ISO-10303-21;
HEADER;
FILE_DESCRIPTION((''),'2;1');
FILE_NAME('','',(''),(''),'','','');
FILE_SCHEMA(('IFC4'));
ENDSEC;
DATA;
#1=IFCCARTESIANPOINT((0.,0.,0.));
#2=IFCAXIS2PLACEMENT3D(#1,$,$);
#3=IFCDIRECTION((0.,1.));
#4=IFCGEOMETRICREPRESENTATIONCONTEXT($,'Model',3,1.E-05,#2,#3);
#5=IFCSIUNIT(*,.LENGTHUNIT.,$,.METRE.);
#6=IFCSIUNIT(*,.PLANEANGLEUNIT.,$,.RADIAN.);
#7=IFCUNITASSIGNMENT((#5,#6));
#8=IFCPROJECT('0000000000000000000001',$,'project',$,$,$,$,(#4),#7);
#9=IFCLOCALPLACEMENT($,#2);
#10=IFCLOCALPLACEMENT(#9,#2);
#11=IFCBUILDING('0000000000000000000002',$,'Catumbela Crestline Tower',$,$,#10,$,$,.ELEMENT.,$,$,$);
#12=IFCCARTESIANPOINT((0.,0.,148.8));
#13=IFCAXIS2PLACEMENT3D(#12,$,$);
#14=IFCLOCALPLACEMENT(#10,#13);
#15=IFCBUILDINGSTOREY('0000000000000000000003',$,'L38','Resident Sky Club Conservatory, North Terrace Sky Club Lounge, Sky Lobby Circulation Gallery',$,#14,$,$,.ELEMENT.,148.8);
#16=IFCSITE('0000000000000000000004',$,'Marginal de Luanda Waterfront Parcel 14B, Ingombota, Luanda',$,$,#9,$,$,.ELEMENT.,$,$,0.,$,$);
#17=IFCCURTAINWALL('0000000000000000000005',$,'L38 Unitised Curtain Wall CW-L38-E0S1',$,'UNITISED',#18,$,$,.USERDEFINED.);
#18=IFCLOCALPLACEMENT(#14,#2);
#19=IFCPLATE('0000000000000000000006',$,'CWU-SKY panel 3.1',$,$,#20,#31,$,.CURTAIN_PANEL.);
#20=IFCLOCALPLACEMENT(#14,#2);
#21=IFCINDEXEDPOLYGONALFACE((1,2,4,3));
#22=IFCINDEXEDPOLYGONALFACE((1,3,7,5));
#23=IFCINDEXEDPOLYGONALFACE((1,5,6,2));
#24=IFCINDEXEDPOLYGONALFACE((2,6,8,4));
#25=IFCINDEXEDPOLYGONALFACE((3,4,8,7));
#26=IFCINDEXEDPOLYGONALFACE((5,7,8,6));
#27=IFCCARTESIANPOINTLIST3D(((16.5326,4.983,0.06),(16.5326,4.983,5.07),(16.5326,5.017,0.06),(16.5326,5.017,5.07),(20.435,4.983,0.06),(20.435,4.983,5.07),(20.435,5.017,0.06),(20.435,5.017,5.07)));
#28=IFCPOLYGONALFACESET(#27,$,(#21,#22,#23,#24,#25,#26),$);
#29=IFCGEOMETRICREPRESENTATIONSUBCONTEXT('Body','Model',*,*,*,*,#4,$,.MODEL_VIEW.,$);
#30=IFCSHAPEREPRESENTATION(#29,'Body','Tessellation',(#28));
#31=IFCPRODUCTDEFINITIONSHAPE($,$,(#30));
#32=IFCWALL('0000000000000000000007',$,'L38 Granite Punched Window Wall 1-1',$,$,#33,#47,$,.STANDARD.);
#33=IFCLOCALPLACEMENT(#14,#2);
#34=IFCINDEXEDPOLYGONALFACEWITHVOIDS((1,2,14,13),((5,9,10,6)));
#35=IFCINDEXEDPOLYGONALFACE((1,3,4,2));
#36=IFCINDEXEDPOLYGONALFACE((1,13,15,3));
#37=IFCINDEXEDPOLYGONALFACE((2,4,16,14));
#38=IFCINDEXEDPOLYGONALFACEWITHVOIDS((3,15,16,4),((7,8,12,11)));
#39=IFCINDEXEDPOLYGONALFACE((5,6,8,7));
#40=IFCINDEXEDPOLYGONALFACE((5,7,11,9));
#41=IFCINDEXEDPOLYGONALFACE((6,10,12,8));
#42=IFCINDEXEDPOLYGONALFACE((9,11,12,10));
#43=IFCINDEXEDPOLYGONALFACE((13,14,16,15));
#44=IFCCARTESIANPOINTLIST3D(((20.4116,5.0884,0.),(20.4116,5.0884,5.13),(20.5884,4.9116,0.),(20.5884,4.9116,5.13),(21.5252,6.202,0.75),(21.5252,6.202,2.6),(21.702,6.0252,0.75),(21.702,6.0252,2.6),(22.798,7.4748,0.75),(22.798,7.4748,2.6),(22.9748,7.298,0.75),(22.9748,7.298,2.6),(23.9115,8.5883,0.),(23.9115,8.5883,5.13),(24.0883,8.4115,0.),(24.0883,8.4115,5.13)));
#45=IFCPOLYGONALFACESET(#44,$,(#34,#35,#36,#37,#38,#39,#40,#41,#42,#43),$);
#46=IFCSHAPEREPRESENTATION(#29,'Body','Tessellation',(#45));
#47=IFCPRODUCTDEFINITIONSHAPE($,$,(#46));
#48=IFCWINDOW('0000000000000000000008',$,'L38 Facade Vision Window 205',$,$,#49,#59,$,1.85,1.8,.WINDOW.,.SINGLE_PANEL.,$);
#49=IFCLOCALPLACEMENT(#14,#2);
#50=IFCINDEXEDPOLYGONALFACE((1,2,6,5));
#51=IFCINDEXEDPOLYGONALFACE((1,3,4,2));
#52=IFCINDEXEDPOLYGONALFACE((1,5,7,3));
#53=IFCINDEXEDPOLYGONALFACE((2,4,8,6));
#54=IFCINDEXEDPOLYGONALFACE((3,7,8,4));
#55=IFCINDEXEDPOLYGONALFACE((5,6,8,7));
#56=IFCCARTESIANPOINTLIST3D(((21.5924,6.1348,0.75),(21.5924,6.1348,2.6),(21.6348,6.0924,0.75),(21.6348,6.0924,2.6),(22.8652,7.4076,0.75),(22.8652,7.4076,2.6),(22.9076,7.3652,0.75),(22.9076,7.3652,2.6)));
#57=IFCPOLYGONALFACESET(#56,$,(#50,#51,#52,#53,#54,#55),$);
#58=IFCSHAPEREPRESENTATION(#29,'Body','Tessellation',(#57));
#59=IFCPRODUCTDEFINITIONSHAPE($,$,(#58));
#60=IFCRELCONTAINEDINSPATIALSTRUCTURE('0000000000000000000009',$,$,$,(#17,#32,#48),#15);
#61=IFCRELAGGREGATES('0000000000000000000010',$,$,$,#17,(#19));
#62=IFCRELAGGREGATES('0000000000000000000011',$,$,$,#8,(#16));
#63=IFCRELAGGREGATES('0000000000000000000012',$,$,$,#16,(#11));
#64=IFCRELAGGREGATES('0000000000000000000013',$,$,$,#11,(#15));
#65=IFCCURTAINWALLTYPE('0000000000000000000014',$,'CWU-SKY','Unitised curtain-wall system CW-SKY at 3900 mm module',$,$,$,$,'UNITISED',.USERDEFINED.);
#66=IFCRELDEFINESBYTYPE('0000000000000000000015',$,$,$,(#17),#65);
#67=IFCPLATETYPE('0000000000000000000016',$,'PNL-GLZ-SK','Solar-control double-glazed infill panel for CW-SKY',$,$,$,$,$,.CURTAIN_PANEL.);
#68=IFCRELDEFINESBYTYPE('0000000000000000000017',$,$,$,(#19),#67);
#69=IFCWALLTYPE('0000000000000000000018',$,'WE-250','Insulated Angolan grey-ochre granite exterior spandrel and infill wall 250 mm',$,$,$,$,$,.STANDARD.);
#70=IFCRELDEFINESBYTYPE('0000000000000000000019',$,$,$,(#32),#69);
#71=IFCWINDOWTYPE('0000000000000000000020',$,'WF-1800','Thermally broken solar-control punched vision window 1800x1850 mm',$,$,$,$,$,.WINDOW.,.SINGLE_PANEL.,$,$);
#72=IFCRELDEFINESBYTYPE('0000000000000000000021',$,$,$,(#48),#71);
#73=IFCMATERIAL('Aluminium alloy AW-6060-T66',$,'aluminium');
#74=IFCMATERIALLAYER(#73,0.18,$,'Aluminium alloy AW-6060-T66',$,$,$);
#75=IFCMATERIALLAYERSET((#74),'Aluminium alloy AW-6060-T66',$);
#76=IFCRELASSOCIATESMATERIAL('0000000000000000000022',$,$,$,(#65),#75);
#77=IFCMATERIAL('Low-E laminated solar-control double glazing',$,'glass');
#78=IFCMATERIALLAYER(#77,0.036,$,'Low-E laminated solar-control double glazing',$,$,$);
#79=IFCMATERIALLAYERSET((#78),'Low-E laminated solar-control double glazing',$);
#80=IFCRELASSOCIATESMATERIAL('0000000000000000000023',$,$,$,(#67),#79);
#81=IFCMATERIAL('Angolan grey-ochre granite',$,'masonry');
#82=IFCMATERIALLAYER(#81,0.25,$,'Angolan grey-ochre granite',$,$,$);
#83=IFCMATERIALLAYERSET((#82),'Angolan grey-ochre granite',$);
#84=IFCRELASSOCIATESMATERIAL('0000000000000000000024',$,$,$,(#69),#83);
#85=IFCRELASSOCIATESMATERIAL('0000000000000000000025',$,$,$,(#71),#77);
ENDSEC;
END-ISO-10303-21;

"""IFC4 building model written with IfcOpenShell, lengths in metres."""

from ifc_helpers import new_model, si_unit, direction, frame, frame_2d, origin, origin_2d, place, context, subcontext, project, spatial, rectangle, extrude, material, layer, layer_set, type_object, element, fill, aggregate, save


model = new_model("IFC4")

# Units and contexts
model_context = context("Model", 3, precision=1e-05, world=origin(), true_north=direction((0.0, 1.0)))
body_context = subcontext(model_context, "Body", "Model", "MODEL_VIEW")
ifc_project = project(units=[si_unit("LENGTHUNIT", "METRE"), si_unit("PLANEANGLEUNIT", "RADIAN")], contexts=[model_context])

# Site, building, storey
site_placement = place(None, origin())
site = spatial("IfcSite", under=ifc_project, at=site_placement, Name="Marginal de Luanda Waterfront Parcel 14B, Ingombota, Luanda", CompositionType="ELEMENT", RefElevation=0.0)
building_placement = place(site_placement, origin())
building = spatial("IfcBuilding", under=site, at=building_placement, Name="Catumbela Crestline Tower", CompositionType="ELEMENT")
storey_placement = place(building_placement, frame((0.0, 0.0, 148.8)))
storey = spatial("IfcBuildingStorey", under=building, at=storey_placement, Name="L38", Description="Resident Sky Club Conservatory, North Terrace Sky Club Lounge, Sky Lobby Circulation Gallery", CompositionType="ELEMENT", Elevation=148.8)

# Curtain wall
ifc_material_1 = material(Name="Aluminium alloy AW-6060-T66", Category="aluminium")
ifc_layer_1 = layer(ifc_material_1, 0.18, Name="Aluminium alloy AW-6060-T66")
ifc_layer_set_1 = layer_set([ifc_layer_1], Name="Aluminium alloy AW-6060-T66")
curtain_wall_type = type_object("IfcCurtainWallType", Name="CWU-SKY", Description="Unitised curtain-wall system CW-SKY at 3900 mm module", ElementType="UNITISED", PredefinedType="USERDEFINED", material=ifc_layer_set_1)
curtain_wall_1_placement = place(storey_placement, origin())
curtain_wall_1 = element("IfcCurtainWall", 1, at=curtain_wall_1_placement, inside=storey, type_object=curtain_wall_type, Name="L38 Unitised Curtain Wall CW-L38-E0S1", ObjectType="UNITISED", PredefinedType="USERDEFINED")

# Plate
ifc_material_2 = material(Name="Low-E laminated solar-control double glazing", Category="glass")
ifc_layer_2 = layer(ifc_material_2, 0.036, Name="Low-E laminated solar-control double glazing")
ifc_layer_set_2 = layer_set([ifc_layer_2], Name="Low-E laminated solar-control double glazing")
plate_type = type_object("IfcPlateType", Name="PNL-GLZ-SK", Description="Solar-control double-glazed infill panel for CW-SKY", PredefinedType="CURTAIN_PANEL", material=ifc_layer_set_2)
plate_1_placement = place(storey_placement, frame((18.4838, 5.0, 0.06), z_axis=(0.0, 0.0, 1.0), x_axis=(1.0, 0.0, 0.0)))
plate_1 = element("IfcPlate", 2, at=plate_1_placement, type_object=plate_type, Name="CWU-SKY panel 3.1", PredefinedType="CURTAIN_PANEL", context=body_context, shape_type="SweptSolid", body=[
    extrude(rectangle(XDim=3.9025, YDim=0.034, at=origin_2d()), origin(), (0.0, 0.0, 1.0), 5.01),
])
aggregate(curtain_wall_1, [plate_1])

# Wall, opening, window
ifc_material_3 = material(Name="Angolan grey-ochre granite", Category="masonry")
ifc_layer_3 = layer(ifc_material_3, 0.25, Name="Angolan grey-ochre granite")
ifc_layer_set_3 = layer_set([ifc_layer_3], Name="Angolan grey-ochre granite")
wall_type = type_object("IfcWallType", Name="WE-250", Description="Insulated Angolan grey-ochre granite exterior spandrel and infill wall 250 mm", PredefinedType="STANDARD", material=ifc_layer_set_3)
wall_placement = place(storey_placement, frame((20.5, 5.0, 0.0), z_axis=(0.0, 0.0, 1.0), x_axis=(0.707107, 0.707107, 0.0)))
wall = element("IfcWall", 3, at=wall_placement, inside=storey, type_object=wall_type, Name="L38 Granite Punched Window Wall 1-1", PredefinedType="STANDARD", context=body_context, shape_type="SweptSolid", body=[
    extrude(rectangle(XDim=4.9497, YDim=0.25, at=frame_2d((2.4748, 0.0))), origin(), (0.0, 0.0, 1.0), 5.13),
])
opening_placement = place(wall_placement, frame((1.5749, 0.0, 0.75)))
opening = element("IfcOpeningElement", 4, at=opening_placement, cuts=wall, PredefinedType="OPENING", context=body_context, shape_type="SweptSolid", body=[
    extrude(rectangle(XDim=1.8, YDim=1.85, at=frame_2d((0.9, 0.925))), frame((0.0, 0.135, 0.0), z_axis=(0.0, -1.0, 0.0), x_axis=(1.0, 0.0, 0.0)), (0.0, 0.0, 1.0), 0.27),
])
window_type = type_object("IfcWindowType", Name="WF-1800", Description="Thermally broken solar-control punched vision window 1800x1850 mm", PartitioningType="SINGLE_PANEL", PredefinedType="WINDOW", material=ifc_material_2)
window_placement = place(opening_placement, origin())
window = element("IfcWindow", 5, at=window_placement, inside=storey, type_object=window_type, Name="L38 Facade Vision Window 205", OverallHeight=1.85, OverallWidth=1.8, PartitioningType="SINGLE_PANEL", PredefinedType="WINDOW", context=body_context, shape_type="SweptSolid", body=[
    extrude(rectangle(XDim=1.8, YDim=1.85, at=frame_2d((0.9, 0.925))), frame((0.0, 0.03, 0.0), z_axis=(0.0, -1.0, 0.0), x_axis=(1.0, 0.0, 0.0)), (0.0, 0.0, 1.0), 0.06),
])
fill(opening, window)

save(model, "model.ifc")
